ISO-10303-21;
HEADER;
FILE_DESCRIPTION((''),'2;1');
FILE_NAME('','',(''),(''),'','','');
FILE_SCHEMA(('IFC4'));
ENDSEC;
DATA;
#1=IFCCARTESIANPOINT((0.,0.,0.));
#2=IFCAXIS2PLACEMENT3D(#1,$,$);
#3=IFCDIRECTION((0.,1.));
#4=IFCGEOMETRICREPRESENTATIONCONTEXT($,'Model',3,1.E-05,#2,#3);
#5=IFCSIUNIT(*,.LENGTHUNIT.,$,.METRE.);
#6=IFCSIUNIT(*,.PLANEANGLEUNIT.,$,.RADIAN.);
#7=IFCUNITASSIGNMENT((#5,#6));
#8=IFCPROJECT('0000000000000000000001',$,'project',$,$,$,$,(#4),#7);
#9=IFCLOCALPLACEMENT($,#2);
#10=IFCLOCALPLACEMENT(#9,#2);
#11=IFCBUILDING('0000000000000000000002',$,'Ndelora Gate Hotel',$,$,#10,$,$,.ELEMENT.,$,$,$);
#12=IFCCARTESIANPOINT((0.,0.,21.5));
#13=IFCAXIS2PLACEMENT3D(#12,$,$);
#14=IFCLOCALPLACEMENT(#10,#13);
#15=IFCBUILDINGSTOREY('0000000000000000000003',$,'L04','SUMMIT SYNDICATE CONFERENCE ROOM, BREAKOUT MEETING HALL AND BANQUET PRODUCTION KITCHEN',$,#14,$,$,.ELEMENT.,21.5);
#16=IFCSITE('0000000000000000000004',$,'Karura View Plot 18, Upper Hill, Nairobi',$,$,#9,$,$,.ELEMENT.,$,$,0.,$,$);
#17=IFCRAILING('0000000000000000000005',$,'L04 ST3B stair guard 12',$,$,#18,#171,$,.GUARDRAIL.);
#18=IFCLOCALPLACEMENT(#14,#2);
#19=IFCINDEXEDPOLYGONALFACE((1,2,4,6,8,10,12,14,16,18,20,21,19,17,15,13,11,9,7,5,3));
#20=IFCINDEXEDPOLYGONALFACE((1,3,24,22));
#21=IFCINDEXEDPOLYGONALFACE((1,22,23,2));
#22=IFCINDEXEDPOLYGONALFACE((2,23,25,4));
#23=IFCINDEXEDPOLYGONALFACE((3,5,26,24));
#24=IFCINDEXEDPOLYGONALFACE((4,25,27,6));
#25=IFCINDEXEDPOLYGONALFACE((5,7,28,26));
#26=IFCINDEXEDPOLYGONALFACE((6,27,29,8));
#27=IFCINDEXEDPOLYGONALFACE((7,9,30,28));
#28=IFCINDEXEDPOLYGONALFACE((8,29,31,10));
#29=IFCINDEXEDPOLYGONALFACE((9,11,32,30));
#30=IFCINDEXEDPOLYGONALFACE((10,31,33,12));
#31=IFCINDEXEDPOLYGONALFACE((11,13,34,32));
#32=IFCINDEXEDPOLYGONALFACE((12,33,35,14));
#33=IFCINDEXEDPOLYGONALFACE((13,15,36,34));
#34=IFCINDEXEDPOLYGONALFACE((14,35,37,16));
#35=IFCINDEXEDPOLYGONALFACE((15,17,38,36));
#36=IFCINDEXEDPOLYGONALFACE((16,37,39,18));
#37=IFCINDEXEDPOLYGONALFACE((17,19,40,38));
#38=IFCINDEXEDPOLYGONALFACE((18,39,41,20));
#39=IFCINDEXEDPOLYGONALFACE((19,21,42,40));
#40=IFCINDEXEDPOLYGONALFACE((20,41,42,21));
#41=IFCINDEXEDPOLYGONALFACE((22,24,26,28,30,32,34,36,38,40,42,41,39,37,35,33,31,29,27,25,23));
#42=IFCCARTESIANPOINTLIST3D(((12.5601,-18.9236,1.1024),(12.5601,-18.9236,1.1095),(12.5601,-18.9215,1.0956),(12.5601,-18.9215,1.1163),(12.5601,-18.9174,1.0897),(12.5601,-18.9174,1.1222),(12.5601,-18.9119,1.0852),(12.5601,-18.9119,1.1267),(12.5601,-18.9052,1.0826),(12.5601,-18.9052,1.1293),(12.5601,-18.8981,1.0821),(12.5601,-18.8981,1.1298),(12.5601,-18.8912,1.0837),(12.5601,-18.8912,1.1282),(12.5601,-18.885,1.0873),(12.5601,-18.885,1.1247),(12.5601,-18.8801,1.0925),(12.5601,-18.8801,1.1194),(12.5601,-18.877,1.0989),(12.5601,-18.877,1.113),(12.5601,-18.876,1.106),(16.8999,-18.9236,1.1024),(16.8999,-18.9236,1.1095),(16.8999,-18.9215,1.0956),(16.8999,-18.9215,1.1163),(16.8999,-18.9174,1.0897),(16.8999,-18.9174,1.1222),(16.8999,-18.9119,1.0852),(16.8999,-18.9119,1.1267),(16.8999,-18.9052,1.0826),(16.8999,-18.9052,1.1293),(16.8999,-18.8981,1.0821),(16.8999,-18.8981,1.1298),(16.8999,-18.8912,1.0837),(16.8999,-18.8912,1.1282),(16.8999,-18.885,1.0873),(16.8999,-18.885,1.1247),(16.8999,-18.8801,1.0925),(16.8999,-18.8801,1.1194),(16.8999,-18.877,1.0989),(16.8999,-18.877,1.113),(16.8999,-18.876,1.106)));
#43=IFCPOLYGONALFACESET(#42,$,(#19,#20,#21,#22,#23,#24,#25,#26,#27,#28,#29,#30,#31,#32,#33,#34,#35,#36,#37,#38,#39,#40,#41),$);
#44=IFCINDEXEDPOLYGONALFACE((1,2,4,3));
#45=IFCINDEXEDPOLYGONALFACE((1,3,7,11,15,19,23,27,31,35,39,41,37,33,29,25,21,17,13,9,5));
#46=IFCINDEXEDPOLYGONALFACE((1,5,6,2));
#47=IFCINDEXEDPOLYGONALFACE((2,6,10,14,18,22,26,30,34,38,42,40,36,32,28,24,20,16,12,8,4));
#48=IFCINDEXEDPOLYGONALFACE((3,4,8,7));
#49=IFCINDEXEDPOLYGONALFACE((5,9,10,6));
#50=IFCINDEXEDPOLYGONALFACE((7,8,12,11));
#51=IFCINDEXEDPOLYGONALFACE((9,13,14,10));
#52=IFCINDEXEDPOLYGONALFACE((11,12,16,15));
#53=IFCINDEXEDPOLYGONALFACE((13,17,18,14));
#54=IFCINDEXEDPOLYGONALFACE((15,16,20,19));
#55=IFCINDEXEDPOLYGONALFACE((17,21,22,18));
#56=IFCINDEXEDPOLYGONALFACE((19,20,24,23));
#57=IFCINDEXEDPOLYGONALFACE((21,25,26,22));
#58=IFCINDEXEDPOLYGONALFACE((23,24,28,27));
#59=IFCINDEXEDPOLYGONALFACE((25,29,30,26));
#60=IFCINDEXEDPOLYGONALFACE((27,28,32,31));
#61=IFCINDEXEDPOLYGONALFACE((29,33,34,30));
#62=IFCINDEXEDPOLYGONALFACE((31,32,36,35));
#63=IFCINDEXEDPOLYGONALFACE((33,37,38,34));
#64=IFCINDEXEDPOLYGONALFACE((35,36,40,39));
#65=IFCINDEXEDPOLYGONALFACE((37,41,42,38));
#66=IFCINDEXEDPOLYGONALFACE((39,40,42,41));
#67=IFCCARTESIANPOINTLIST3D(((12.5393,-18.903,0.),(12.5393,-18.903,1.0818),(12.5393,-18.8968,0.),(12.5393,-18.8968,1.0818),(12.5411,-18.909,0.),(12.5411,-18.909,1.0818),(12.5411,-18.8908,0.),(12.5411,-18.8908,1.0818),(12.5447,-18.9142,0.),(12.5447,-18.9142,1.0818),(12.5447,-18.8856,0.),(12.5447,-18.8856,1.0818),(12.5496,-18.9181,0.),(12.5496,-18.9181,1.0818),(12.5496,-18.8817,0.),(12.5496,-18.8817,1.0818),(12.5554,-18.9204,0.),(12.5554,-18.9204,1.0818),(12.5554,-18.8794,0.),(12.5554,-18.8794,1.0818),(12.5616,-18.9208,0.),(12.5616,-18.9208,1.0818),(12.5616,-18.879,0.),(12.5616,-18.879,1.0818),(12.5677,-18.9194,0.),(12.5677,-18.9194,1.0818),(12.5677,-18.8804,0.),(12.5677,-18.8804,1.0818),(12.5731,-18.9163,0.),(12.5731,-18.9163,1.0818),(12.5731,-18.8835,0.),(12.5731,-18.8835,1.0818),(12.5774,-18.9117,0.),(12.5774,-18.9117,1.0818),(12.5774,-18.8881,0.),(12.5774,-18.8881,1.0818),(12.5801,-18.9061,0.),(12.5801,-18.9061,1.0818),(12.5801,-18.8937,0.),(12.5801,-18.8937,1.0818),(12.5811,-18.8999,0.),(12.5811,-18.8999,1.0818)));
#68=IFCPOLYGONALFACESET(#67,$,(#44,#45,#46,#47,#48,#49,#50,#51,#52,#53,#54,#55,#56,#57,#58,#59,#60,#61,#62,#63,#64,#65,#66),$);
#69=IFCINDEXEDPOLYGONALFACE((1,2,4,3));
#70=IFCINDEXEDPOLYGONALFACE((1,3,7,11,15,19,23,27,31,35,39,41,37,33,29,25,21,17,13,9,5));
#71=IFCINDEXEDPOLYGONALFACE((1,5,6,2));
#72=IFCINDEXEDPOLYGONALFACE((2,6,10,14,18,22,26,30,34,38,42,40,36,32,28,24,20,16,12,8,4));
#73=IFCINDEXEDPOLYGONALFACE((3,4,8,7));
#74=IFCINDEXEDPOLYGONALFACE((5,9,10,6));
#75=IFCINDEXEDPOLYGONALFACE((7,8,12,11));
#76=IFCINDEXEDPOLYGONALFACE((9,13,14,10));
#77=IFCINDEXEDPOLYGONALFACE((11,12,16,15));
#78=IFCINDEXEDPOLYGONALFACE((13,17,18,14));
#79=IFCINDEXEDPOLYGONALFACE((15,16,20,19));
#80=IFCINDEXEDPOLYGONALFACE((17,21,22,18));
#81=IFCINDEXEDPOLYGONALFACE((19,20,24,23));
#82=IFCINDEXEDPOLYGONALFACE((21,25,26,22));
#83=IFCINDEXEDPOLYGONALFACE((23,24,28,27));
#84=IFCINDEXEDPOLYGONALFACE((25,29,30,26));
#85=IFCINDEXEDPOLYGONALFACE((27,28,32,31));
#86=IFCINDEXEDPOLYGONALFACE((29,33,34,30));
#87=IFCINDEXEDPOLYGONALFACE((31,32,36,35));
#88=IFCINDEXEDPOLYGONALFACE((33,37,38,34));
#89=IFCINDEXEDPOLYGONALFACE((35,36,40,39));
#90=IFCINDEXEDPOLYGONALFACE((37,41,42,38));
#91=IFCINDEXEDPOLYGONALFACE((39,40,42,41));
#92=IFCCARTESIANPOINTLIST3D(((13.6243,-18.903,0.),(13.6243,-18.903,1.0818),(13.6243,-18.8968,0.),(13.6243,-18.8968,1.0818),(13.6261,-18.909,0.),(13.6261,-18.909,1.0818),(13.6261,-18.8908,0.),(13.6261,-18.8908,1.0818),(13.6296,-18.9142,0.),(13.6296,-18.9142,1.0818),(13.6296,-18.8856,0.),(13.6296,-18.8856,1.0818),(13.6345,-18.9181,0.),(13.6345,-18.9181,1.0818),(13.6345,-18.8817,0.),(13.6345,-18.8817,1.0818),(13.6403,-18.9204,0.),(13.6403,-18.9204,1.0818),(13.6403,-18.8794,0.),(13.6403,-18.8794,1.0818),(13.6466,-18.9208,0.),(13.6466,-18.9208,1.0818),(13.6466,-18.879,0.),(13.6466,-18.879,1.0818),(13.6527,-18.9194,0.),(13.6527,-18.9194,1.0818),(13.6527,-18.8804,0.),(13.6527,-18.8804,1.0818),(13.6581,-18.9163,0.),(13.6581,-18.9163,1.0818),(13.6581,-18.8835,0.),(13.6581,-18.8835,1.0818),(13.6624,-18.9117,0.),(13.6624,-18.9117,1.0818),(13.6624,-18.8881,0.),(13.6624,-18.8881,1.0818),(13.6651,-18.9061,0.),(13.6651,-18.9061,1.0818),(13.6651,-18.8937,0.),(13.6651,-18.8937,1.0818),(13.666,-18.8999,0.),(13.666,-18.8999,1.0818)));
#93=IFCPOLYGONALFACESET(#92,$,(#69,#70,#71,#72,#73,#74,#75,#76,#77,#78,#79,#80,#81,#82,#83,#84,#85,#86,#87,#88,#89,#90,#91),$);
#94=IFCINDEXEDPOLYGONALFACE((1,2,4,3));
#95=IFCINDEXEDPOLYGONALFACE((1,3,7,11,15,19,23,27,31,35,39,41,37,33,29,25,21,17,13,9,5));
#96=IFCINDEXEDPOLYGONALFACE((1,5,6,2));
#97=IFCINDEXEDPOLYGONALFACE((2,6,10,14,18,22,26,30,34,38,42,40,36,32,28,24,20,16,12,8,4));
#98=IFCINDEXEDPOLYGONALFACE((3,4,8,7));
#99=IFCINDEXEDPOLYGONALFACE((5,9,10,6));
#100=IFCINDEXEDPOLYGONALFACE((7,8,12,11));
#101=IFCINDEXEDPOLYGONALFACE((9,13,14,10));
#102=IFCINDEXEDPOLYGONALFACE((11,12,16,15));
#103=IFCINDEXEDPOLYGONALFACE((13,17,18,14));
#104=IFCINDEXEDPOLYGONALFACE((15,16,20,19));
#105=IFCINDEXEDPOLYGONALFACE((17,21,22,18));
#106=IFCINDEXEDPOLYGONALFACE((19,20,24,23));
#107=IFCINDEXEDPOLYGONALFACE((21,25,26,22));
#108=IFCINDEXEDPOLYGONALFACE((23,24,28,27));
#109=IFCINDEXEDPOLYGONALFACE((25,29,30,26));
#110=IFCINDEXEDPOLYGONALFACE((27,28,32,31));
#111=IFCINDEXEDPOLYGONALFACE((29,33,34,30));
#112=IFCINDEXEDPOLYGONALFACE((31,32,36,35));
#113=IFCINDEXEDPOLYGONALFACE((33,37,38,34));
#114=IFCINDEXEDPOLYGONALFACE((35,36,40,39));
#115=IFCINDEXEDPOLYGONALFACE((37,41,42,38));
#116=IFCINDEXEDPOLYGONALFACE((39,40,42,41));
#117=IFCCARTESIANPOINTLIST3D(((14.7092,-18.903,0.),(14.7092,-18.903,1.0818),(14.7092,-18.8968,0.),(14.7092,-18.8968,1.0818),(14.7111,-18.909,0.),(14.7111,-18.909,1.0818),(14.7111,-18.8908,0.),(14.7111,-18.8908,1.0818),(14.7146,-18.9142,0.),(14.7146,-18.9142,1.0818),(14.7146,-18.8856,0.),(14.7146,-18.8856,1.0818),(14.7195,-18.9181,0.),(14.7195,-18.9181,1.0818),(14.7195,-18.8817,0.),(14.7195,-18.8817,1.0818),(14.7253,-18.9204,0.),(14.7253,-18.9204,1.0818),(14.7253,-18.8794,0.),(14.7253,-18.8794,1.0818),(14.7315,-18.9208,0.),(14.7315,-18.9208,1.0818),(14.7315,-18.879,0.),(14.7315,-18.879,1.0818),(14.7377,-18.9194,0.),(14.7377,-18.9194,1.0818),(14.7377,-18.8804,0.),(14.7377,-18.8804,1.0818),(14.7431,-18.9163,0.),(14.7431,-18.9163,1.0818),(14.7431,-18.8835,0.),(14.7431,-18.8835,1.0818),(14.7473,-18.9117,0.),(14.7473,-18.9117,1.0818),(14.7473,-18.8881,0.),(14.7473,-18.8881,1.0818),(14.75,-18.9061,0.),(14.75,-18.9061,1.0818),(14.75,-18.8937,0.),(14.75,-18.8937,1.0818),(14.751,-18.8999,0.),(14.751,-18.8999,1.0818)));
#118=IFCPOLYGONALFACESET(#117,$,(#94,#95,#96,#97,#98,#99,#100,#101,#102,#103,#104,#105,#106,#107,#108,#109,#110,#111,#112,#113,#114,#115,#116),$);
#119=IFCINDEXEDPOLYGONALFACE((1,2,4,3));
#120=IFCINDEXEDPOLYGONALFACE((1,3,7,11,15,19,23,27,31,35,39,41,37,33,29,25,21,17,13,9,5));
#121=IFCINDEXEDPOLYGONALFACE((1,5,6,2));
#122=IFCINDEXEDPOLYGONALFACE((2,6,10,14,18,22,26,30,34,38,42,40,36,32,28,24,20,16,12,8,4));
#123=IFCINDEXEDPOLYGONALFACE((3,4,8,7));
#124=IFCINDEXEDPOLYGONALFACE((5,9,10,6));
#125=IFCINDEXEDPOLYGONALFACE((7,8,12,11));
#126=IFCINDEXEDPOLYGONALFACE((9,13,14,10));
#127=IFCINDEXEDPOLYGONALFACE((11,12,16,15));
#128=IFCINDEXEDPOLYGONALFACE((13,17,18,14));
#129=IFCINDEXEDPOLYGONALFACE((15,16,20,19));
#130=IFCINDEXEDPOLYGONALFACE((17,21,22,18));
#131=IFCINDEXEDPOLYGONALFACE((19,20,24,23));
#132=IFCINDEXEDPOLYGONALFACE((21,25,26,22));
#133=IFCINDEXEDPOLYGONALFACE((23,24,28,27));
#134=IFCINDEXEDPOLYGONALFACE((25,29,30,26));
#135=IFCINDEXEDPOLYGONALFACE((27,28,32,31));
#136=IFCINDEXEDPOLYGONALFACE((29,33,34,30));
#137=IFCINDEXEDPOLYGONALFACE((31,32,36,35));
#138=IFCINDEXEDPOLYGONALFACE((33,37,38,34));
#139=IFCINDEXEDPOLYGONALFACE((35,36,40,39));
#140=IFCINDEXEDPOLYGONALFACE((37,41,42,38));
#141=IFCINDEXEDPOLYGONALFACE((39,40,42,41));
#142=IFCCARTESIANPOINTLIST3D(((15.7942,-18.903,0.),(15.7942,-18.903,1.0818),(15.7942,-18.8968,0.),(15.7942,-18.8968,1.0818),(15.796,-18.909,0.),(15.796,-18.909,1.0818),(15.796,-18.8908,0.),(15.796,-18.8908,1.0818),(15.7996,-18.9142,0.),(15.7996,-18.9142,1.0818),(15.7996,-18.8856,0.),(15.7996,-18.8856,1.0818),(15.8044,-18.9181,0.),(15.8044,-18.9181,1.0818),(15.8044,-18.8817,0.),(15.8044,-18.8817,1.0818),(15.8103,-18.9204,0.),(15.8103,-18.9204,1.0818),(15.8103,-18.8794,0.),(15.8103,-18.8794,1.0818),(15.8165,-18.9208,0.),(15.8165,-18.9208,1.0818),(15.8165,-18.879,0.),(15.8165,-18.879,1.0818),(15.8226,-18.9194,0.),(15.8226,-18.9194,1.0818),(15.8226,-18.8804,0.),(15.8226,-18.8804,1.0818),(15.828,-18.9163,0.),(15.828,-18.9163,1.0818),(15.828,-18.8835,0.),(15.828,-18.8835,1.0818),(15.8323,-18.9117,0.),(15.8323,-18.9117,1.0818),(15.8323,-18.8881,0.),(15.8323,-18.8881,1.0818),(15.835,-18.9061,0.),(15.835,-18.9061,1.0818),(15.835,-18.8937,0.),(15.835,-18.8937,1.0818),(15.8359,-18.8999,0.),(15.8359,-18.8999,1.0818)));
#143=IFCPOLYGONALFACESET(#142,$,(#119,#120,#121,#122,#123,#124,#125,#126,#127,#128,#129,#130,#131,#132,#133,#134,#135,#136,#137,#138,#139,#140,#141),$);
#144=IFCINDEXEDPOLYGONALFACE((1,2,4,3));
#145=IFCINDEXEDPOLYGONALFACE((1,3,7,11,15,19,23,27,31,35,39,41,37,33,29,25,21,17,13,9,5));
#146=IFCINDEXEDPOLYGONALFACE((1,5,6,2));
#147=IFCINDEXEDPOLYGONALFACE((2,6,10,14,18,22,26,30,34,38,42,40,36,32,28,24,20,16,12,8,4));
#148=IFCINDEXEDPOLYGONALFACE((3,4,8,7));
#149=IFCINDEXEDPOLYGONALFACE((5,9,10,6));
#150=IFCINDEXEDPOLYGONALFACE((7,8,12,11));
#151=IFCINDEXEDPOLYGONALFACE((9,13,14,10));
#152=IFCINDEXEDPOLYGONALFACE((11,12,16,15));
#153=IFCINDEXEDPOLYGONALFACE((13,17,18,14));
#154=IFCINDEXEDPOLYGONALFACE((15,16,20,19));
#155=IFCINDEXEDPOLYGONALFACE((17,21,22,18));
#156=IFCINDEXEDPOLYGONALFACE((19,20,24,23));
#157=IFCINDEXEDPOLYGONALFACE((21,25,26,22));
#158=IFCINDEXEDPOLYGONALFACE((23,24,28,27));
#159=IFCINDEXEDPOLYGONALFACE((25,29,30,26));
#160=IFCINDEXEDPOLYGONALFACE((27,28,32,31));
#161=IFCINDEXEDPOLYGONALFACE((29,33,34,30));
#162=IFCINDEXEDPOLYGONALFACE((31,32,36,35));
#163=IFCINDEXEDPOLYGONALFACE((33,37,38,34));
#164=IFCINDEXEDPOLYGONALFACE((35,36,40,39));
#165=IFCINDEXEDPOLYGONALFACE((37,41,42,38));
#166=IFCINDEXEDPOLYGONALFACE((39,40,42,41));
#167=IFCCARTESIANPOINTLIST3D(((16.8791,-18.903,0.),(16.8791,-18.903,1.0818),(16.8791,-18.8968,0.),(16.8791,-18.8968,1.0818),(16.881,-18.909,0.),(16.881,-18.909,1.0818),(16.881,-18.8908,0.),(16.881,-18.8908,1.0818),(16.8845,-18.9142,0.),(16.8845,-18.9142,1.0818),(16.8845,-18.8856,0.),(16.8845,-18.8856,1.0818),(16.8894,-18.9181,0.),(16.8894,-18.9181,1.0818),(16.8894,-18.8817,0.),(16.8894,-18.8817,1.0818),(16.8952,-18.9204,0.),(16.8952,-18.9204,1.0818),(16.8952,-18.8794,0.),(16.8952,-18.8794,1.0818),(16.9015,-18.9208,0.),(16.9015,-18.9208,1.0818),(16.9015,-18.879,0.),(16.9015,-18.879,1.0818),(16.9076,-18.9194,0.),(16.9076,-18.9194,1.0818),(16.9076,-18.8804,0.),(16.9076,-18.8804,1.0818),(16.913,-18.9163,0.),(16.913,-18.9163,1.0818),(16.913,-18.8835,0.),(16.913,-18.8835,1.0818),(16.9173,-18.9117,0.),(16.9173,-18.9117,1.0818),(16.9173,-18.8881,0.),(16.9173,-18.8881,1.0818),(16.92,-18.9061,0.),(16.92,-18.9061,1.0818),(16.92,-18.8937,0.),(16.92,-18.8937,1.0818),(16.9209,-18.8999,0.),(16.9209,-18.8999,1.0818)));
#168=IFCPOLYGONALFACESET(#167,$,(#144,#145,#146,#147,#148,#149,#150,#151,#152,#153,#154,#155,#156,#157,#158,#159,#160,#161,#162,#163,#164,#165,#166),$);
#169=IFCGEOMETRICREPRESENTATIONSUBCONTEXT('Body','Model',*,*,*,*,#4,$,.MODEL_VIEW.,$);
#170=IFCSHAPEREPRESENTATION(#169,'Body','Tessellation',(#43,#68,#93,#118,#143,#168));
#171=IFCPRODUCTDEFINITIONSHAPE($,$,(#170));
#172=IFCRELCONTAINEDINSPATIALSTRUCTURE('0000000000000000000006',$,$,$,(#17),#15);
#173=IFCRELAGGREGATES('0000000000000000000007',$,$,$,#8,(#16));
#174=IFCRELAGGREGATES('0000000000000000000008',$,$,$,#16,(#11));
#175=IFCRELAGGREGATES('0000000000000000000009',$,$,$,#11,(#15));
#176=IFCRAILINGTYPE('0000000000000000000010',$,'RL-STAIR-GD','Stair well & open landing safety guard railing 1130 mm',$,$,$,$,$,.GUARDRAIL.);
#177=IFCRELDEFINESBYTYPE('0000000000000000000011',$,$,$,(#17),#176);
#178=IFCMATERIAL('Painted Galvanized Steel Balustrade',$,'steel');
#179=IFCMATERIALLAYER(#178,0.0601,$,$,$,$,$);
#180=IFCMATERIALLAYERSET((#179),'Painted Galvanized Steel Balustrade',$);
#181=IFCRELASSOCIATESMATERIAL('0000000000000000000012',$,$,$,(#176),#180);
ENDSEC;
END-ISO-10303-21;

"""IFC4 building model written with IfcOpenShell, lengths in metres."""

from ifc_helpers import new_model, si_unit, direction, frame, origin, origin_2d, place, context, subcontext, project, spatial, circle, extrude, material, layer, layer_set, type_object, element, save


model = new_model("IFC4")

# Units and contexts
model_context = context("Model", 3, precision=1e-05, world=origin(), true_north=direction((0.0, 1.0)))
body_context = subcontext(model_context, "Body", "Model", "MODEL_VIEW")
ifc_project = project(units=[si_unit("LENGTHUNIT", "METRE"), si_unit("PLANEANGLEUNIT", "RADIAN")], contexts=[model_context])

# Site, building, storey
site_placement = place(None, origin())
site = spatial("IfcSite", under=ifc_project, at=site_placement, Name="Karura View Plot 18, Upper Hill, Nairobi", CompositionType="ELEMENT", RefElevation=0.0)
building_placement = place(site_placement, origin())
building = spatial("IfcBuilding", under=site, at=building_placement, Name="Ndelora Gate Hotel", CompositionType="ELEMENT")
storey_placement = place(building_placement, frame((0.0, 0.0, 21.5)))
storey = spatial("IfcBuildingStorey", under=building, at=storey_placement, Name="L04", Description="SUMMIT SYNDICATE CONFERENCE ROOM, BREAKOUT MEETING HALL AND BANQUET PRODUCTION KITCHEN", CompositionType="ELEMENT", Elevation=21.5)

# Railing
ifc_material_1 = material(Name="Painted Galvanized Steel Balustrade", Category="steel")
ifc_layer_1 = layer(ifc_material_1, 0.0601)
ifc_layer_set_1 = layer_set([ifc_layer_1], Name="Painted Galvanized Steel Balustrade")
railing_type_1 = type_object("IfcRailingType", Name="RL-STAIR-GD", Description="Stair well & open landing safety guard railing 1130 mm", PredefinedType="GUARDRAIL", material=ifc_layer_set_1)
railing_1_placement = place(storey_placement, frame((12.5601, -18.8999, 0.0)))
element("IfcRailing", 1, at=railing_1_placement, inside=storey, type_object=railing_type_1, Name="L04 ST3B stair guard 12", PredefinedType="GUARDRAIL", context=body_context, shape_type="SweptSolid", body=[
    extrude(circle(Radius=0.0239, at=origin_2d()), frame((0.0, 0.0, 1.106), z_axis=(1.0, 0.0, 0.0), x_axis=(0.0, 1.0, 0.0)), (0.0, 0.0, 1.0), 4.3398),
    extrude(circle(Radius=0.021, at=origin_2d()), origin(), (0.0, 0.0, 1.0), 1.0818),
    extrude(circle(Radius=0.021, at=origin_2d()), frame((1.085, 0.0, 0.0)), (0.0, 0.0, 1.0), 1.0818),
    extrude(circle(Radius=0.021, at=origin_2d()), frame((2.1699, 0.0, 0.0)), (0.0, 0.0, 1.0), 1.0818),
    extrude(circle(Radius=0.021, at=origin_2d()), frame((3.2549, 0.0, 0.0)), (0.0, 0.0, 1.0), 1.0818),
    extrude(circle(Radius=0.021, at=origin_2d()), frame((4.3398, 0.0, 0.0)), (0.0, 0.0, 1.0), 1.0818),
])

save(model, "model.ifc")
